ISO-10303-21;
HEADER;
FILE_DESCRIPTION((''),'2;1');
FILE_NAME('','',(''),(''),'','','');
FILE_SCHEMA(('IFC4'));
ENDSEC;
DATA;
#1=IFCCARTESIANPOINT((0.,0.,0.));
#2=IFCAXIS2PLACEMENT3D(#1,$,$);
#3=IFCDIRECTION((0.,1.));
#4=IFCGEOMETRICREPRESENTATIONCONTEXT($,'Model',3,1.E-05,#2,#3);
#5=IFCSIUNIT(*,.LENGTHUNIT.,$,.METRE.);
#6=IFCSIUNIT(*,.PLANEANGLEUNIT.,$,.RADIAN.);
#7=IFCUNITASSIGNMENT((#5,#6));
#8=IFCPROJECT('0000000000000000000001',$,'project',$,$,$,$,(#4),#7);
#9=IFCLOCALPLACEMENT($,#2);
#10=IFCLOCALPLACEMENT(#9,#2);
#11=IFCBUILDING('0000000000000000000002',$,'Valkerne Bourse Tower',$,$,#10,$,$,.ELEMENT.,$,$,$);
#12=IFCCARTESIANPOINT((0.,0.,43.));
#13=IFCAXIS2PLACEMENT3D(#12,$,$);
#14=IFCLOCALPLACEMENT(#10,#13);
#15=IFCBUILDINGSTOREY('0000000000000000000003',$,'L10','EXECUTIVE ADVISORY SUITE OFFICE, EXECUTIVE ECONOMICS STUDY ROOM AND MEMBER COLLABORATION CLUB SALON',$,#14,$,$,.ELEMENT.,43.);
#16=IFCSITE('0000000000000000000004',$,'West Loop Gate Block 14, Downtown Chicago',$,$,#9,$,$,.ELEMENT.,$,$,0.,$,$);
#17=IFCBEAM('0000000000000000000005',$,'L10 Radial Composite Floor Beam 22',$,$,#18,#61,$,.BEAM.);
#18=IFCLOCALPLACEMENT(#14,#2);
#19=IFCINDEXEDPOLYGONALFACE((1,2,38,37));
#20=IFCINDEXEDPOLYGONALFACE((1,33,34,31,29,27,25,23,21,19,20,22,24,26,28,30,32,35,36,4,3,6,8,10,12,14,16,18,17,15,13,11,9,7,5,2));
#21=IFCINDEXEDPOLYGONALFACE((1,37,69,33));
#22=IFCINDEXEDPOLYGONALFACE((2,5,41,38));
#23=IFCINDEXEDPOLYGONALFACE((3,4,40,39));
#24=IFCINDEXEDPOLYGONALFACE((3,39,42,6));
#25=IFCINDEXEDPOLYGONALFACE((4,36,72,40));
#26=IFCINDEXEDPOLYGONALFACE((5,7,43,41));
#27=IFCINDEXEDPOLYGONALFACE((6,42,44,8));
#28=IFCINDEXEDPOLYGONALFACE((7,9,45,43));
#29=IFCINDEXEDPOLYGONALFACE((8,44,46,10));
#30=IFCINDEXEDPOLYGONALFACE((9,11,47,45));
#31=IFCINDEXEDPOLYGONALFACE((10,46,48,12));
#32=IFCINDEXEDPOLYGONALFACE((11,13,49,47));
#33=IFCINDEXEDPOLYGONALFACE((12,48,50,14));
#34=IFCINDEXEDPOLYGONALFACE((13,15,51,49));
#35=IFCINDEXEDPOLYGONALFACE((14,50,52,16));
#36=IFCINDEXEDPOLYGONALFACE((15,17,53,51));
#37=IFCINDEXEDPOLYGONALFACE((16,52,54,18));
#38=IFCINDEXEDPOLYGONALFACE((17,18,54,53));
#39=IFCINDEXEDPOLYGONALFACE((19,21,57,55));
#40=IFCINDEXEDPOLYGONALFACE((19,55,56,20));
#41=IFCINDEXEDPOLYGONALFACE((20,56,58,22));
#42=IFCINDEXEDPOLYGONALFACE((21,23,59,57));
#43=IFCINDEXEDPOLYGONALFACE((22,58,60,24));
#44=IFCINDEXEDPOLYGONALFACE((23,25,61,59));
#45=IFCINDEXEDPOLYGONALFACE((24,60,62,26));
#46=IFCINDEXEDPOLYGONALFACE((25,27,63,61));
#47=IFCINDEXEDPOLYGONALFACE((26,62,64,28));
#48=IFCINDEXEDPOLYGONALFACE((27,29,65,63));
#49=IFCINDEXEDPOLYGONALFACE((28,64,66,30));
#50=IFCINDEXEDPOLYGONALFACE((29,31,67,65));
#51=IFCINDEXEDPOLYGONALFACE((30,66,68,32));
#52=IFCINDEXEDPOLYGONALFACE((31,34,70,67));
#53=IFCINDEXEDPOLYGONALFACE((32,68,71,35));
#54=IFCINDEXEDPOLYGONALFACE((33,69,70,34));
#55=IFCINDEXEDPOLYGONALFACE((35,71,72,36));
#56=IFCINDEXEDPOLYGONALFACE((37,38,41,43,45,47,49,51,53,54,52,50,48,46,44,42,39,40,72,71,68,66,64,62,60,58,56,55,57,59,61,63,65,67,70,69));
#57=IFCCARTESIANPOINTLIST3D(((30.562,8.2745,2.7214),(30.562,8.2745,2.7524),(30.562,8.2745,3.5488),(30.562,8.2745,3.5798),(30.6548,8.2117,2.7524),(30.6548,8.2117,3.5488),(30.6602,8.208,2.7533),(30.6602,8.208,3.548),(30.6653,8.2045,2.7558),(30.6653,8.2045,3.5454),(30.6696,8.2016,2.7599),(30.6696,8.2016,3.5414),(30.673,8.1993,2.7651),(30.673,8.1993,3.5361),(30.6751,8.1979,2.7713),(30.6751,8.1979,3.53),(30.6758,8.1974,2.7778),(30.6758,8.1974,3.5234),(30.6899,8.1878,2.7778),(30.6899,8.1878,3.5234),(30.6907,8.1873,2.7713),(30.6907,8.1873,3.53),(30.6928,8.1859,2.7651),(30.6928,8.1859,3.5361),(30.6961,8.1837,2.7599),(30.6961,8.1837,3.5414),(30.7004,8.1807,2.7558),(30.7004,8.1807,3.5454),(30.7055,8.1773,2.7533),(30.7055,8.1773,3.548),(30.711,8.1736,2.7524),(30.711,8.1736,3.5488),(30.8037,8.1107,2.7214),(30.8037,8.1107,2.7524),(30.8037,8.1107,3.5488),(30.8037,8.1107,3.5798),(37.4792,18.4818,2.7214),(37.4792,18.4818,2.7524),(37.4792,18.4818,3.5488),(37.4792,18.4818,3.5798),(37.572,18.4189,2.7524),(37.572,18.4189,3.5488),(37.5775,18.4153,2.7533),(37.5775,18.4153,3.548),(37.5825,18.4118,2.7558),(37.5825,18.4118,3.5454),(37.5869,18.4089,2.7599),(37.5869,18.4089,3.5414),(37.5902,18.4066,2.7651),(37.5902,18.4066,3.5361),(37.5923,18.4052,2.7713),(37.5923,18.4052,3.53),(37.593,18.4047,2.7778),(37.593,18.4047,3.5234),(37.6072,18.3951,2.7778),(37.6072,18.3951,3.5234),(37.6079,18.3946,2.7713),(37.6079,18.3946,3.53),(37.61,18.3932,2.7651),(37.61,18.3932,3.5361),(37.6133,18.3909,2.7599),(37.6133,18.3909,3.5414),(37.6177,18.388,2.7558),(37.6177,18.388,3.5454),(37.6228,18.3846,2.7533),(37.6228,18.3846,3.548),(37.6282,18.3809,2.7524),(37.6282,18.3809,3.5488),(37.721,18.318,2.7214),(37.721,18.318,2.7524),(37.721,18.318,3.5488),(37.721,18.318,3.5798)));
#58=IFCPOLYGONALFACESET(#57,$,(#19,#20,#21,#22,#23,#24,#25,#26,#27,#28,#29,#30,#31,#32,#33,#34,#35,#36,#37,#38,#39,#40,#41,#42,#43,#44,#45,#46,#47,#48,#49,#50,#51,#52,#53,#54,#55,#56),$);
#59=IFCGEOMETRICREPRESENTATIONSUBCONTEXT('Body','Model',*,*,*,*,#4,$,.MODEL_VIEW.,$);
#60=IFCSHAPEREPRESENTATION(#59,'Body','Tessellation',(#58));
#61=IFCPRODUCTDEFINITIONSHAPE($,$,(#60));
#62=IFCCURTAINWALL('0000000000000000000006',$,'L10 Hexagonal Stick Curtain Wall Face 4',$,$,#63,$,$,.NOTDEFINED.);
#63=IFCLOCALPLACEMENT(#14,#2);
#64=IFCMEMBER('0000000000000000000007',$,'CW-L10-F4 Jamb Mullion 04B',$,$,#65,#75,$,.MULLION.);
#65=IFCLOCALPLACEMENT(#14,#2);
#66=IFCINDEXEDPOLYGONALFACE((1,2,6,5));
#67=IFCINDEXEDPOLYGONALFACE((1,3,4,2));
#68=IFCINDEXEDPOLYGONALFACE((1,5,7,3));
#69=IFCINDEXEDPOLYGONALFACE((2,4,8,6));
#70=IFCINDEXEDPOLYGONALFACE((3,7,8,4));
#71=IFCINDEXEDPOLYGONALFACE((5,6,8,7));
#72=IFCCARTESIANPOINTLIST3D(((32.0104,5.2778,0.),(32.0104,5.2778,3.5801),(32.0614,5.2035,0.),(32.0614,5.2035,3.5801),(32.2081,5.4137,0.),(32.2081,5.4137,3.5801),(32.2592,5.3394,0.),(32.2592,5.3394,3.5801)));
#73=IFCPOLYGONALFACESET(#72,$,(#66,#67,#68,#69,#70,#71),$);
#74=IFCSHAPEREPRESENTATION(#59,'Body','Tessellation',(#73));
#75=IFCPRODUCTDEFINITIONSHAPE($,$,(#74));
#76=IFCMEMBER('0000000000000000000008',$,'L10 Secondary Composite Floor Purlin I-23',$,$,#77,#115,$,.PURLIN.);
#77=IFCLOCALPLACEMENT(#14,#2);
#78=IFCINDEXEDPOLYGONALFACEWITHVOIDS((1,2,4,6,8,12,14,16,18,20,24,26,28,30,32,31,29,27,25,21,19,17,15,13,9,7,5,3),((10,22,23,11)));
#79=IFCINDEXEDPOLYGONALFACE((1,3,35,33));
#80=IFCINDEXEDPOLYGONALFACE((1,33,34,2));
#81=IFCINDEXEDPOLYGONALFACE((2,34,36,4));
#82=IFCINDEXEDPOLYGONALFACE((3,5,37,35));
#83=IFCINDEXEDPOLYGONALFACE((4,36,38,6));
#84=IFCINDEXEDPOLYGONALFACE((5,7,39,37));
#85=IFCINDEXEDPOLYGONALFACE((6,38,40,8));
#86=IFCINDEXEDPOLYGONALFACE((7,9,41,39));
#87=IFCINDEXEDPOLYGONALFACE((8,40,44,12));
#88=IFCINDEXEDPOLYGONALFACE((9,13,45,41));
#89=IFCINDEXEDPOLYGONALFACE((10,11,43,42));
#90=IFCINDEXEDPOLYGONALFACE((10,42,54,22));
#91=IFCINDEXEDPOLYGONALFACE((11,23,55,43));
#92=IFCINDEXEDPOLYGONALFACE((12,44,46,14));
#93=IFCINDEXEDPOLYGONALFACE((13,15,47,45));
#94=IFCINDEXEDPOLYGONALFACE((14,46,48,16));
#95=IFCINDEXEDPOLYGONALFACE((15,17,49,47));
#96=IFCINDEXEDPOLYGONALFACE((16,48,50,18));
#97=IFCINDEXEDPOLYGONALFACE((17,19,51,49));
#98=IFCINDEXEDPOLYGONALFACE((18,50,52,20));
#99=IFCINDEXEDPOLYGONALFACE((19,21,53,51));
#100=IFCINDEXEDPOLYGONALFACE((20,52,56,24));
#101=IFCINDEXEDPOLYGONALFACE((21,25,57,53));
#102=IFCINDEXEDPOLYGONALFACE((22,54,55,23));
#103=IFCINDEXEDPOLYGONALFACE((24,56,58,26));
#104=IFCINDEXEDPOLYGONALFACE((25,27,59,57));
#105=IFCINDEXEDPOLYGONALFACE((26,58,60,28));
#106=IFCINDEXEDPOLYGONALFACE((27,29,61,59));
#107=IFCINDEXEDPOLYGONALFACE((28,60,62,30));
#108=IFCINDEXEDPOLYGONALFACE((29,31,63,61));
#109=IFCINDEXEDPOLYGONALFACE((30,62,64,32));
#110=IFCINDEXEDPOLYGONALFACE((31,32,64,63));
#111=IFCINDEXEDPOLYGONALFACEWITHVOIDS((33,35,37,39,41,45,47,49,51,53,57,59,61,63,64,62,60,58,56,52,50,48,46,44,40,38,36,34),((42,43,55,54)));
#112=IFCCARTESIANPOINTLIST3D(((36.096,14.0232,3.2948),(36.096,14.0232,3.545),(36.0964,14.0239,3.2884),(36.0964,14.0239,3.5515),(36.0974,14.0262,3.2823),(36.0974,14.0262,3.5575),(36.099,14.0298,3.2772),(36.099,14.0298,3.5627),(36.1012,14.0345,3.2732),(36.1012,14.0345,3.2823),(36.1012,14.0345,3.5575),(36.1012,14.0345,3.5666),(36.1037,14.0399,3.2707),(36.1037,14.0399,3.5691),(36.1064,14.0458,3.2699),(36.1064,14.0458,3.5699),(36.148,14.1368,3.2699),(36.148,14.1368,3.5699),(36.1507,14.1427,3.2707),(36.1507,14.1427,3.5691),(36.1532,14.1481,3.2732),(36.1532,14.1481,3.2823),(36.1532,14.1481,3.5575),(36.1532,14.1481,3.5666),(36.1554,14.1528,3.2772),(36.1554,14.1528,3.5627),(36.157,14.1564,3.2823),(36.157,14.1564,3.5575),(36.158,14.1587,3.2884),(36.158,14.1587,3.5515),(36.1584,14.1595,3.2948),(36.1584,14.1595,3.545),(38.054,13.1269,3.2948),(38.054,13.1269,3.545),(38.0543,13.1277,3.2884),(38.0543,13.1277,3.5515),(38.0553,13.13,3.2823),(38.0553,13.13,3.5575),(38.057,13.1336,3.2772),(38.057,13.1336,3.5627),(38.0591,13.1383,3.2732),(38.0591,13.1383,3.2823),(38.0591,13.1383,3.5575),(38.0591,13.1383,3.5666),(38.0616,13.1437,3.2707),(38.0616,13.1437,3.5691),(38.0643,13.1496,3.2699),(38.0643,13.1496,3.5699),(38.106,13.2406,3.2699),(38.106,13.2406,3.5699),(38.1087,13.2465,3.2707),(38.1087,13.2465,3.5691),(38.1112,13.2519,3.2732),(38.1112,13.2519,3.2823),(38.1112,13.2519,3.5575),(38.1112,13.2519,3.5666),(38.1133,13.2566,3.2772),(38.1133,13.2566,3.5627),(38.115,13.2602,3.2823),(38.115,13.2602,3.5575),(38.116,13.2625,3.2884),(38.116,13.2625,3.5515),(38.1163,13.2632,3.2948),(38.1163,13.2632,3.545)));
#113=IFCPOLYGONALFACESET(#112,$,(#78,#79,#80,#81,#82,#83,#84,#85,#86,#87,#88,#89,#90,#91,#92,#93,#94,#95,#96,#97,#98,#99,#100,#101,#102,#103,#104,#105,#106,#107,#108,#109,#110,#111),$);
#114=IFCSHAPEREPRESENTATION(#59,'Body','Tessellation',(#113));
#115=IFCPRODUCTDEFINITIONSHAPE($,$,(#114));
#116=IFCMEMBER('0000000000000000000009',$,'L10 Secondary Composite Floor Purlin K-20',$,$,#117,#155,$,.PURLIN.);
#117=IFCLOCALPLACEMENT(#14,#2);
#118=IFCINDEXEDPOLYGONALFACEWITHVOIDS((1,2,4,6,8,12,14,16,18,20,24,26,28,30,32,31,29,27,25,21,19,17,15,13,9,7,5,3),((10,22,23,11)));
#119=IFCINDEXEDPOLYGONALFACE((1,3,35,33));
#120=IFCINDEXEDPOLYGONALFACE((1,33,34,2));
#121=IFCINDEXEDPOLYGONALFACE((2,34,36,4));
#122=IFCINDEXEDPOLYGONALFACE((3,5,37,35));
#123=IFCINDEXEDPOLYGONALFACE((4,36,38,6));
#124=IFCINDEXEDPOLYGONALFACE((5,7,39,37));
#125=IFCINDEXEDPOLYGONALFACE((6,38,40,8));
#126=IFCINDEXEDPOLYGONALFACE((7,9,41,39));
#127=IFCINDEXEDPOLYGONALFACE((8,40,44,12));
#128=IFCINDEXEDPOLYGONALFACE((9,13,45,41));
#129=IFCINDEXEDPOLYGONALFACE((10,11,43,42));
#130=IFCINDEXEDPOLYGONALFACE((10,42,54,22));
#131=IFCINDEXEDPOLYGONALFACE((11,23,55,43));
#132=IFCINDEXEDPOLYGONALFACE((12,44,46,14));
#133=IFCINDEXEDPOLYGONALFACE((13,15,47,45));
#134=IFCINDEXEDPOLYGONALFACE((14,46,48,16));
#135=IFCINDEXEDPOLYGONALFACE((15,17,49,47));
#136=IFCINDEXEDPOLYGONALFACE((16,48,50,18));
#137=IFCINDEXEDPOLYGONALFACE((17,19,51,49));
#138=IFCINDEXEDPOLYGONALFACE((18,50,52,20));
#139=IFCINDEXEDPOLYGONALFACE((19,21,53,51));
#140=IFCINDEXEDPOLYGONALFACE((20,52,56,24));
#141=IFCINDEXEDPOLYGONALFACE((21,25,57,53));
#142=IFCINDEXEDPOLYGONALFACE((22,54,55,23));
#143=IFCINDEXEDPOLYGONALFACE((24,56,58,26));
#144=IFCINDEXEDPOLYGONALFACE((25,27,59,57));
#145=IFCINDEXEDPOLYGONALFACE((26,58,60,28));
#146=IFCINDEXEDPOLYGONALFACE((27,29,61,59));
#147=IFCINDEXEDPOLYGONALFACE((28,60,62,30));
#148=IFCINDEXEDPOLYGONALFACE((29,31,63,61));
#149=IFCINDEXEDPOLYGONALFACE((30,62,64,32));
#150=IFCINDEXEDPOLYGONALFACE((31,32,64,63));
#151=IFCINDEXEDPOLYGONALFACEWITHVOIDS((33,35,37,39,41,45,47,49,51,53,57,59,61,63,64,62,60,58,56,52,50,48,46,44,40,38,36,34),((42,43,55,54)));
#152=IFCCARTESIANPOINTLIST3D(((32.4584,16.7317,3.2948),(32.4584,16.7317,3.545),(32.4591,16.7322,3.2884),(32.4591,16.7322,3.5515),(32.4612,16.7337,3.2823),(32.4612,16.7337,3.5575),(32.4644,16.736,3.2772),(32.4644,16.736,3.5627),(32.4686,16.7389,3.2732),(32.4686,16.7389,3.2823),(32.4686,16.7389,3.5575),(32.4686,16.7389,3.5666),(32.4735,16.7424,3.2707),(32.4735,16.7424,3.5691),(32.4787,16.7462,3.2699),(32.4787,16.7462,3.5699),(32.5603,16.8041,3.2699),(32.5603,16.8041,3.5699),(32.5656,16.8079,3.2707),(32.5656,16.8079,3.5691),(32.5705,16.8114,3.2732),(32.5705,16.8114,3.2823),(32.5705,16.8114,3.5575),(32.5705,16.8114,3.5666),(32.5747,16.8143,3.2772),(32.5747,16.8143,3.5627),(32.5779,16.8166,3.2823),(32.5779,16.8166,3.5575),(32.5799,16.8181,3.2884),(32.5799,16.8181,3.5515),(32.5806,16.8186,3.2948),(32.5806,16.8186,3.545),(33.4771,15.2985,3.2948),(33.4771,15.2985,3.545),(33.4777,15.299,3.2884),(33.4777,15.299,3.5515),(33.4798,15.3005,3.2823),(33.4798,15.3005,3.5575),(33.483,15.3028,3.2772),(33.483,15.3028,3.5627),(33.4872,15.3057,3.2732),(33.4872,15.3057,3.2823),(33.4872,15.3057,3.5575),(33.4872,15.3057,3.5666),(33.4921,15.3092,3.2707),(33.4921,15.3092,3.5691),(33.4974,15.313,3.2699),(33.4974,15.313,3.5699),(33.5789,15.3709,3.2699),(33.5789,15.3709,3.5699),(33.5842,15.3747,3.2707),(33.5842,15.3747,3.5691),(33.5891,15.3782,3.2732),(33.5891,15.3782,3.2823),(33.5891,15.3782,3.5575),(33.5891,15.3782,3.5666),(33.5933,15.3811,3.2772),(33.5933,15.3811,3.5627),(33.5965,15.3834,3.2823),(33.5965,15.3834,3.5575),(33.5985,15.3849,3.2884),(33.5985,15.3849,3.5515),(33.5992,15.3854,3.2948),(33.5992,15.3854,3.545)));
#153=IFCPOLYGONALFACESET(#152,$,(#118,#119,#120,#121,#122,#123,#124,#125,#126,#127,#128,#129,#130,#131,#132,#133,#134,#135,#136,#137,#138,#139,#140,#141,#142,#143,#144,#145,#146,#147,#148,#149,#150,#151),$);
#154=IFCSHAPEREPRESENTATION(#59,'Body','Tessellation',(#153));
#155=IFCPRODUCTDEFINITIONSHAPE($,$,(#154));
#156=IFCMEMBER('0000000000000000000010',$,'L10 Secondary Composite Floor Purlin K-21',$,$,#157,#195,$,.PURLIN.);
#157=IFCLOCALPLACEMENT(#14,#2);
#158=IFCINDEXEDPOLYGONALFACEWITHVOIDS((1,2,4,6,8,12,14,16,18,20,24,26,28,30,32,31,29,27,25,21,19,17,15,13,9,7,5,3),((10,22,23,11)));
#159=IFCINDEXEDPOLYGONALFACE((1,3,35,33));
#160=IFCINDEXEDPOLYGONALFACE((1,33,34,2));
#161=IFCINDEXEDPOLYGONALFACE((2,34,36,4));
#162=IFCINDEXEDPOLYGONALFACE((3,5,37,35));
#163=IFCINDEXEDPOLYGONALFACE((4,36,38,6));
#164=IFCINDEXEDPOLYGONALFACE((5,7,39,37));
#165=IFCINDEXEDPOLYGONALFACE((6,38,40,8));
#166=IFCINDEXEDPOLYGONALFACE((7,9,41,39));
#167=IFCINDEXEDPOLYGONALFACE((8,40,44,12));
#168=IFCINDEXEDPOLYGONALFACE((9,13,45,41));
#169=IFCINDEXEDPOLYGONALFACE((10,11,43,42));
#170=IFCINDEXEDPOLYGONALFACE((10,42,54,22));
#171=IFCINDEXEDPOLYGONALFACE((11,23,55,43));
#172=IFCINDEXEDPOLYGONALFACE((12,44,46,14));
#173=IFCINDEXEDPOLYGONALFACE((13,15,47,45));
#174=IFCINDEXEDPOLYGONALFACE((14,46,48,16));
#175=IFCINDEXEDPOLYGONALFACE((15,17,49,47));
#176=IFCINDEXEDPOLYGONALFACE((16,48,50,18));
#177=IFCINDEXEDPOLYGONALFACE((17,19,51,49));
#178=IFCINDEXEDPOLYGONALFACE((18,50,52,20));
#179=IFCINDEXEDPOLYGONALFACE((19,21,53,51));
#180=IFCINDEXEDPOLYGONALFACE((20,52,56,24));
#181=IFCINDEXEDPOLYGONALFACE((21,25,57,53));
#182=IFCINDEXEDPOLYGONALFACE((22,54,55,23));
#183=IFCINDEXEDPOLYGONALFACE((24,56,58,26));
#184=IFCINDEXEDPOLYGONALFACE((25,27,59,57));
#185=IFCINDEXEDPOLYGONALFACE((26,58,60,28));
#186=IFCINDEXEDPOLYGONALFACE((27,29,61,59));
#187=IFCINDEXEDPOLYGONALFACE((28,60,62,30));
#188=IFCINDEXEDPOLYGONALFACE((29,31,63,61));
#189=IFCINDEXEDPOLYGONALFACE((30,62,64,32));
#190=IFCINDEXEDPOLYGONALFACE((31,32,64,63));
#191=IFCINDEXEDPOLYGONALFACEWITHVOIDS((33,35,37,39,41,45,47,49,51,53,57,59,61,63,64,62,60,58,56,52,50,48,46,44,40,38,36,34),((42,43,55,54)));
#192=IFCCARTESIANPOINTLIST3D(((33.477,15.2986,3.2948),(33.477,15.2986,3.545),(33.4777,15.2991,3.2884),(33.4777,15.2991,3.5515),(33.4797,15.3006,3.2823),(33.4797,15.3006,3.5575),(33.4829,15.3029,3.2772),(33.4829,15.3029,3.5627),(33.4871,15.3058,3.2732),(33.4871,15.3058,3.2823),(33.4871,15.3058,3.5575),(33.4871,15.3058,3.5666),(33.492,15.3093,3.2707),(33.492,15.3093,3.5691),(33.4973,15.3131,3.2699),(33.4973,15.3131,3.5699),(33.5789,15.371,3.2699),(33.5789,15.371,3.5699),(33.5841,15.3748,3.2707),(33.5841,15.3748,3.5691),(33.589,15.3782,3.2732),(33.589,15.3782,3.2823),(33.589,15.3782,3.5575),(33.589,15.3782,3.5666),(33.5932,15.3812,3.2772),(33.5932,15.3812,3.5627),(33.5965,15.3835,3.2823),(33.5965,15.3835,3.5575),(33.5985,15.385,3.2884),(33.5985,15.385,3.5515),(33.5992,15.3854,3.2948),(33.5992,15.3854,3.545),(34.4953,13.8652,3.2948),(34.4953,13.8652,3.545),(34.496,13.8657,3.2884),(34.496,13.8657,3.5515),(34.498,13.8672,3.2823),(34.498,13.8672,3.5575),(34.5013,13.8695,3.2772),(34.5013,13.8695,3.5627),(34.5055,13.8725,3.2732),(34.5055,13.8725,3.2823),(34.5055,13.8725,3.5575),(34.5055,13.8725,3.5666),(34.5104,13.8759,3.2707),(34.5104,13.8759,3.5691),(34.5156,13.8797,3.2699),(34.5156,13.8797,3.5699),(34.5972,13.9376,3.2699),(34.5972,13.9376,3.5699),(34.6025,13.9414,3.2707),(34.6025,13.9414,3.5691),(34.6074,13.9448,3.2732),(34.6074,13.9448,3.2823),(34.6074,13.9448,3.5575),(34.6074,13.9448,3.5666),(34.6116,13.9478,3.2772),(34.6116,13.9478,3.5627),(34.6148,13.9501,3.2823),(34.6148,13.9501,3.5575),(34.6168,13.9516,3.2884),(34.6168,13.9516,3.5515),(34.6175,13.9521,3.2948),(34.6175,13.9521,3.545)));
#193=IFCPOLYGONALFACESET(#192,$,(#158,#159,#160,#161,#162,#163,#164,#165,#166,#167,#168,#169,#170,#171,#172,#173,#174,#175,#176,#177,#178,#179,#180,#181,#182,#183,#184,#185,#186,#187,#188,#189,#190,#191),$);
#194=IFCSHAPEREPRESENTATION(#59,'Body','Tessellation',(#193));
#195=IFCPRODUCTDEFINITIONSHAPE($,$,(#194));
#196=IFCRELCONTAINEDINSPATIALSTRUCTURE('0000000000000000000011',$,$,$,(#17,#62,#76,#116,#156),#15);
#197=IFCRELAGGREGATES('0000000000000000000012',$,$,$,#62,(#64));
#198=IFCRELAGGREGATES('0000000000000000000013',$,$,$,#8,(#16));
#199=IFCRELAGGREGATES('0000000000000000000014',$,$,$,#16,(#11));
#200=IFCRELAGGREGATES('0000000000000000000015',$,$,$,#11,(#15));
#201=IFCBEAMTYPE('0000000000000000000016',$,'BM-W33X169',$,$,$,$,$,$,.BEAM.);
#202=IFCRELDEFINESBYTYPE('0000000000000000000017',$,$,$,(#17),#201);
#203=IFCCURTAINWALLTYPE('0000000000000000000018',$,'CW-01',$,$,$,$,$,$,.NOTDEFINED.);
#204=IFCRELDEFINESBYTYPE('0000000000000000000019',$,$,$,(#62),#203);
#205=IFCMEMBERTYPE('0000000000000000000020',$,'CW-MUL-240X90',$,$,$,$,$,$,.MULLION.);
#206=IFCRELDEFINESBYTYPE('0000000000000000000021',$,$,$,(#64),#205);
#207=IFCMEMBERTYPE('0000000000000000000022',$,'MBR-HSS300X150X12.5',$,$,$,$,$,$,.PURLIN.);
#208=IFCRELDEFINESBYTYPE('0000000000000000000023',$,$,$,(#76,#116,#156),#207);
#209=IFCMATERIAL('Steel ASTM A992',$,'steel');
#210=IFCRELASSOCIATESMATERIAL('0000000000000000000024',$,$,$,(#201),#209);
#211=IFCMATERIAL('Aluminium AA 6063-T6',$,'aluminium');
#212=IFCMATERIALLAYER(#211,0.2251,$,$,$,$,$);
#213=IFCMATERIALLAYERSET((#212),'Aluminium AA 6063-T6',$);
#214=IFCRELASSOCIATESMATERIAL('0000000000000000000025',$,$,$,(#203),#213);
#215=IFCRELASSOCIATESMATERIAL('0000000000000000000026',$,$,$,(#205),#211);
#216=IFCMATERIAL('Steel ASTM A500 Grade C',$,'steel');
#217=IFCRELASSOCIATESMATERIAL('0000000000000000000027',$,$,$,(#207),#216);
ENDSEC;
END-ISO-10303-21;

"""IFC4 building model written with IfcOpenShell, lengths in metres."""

from ifc_helpers import new_model, si_unit, direction, frame, origin, origin_2d, place, context, subcontext, project, spatial, rectangle, hollow_rectangle, i_section, extrude, material, layer, layer_set, material_profile, profile_set, type_object, element, aggregate, save


model = new_model("IFC4")

# Units and contexts
model_context = context("Model", 3, precision=1e-05, world=origin(), true_north=direction((0.0, 1.0)))
body_context = subcontext(model_context, "Body", "Model", "MODEL_VIEW")
ifc_project = project(units=[si_unit("LENGTHUNIT", "METRE"), si_unit("PLANEANGLEUNIT", "RADIAN")], contexts=[model_context])

# Site, building, storey
site_placement = place(None, origin())
site = spatial("IfcSite", under=ifc_project, at=site_placement, Name="West Loop Gate Block 14, Downtown Chicago", CompositionType="ELEMENT", RefElevation=0.0)
building_placement = place(site_placement, origin())
building = spatial("IfcBuilding", under=site, at=building_placement, Name="Valkerne Bourse Tower", CompositionType="ELEMENT")
storey_placement = place(building_placement, frame((0.0, 0.0, 43.0)))
storey = spatial("IfcBuildingStorey", under=building, at=storey_placement, Name="L10", Description="EXECUTIVE ADVISORY SUITE OFFICE, EXECUTIVE ECONOMICS STUDY ROOM AND MEMBER COLLABORATION CLUB SALON", CompositionType="ELEMENT", Elevation=43.0)

# Beam
ifc_material_1 = material(Name="Steel ASTM A992", Category="steel")
ifc_material_profile_1 = material_profile(ifc_material_1, i_section(OverallWidth=0.292, OverallDepth=0.8584, WebThickness=0.0171, FlangeThickness=0.031, FilletRadius=0.0254, at=origin_2d()), Name="W33X169")
ifc_profile_set_1 = profile_set([ifc_material_profile_1], Name="Steel ASTM A992")
beam_type_1 = type_object("IfcBeamType", Name="BM-W33X169", PredefinedType="BEAM", material=ifc_profile_set_1)
beam_1_placement = place(storey_placement, frame((30.6829, 8.1926, 3.1506), z_axis=(0.560994, 0.82782, 0.0), x_axis=(-0.82782, 0.560994, 0.0)))
element("IfcBeam", 1, at=beam_1_placement, inside=storey, type_object=beam_type_1, Name="L10 Radial Composite Floor Beam 22", PredefinedType="BEAM", context=body_context, shape_type="SweptSolid", body=[
    extrude(i_section(OverallWidth=0.292, OverallDepth=0.8584, WebThickness=0.0171, FlangeThickness=0.031, FilletRadius=0.0254, at=origin_2d()), origin(), (0.0, 0.0, 1.0), 12.3303),
])

# Curtain wall, member
ifc_material_2 = material(Name="Aluminium AA 6063-T6", Category="aluminium")
ifc_layer_1 = layer(ifc_material_2, 0.2251)
ifc_layer_set_1 = layer_set([ifc_layer_1], Name="Aluminium AA 6063-T6")
curtain_wall_type = type_object("IfcCurtainWallType", Name="CW-01", PredefinedType="NOTDEFINED", material=ifc_layer_set_1)
curtain_wall_placement = place(storey_placement, origin())
curtain_wall = element("IfcCurtainWall", 2, at=curtain_wall_placement, inside=storey, type_object=curtain_wall_type, Name="L10 Hexagonal Stick Curtain Wall Face 4", PredefinedType="NOTDEFINED")
ifc_material_profile_2 = material_profile(ifc_material_2, rectangle(XDim=0.0901, YDim=0.24, at=origin_2d()), Name="CWM-90X240")
ifc_profile_set_2 = profile_set([ifc_material_profile_2], Name="Aluminium AA 6063-T6")
member_type_1 = type_object("IfcMemberType", Name="CW-MUL-240X90", PredefinedType="MULLION", material=ifc_profile_set_2)
member_1_placement = place(storey_placement, frame((32.1348, 5.3086, 0.0), z_axis=(0.0, 0.0, 1.0), x_axis=(0.566397, -0.824132, 0.0)))
member_1 = element("IfcMember", 3, at=member_1_placement, type_object=member_type_1, Name="CW-L10-F4 Jamb Mullion 04B", PredefinedType="MULLION", context=body_context, shape_type="SweptSolid", body=[
    extrude(rectangle(XDim=0.0901, YDim=0.24, at=origin_2d()), origin(), (0.0, 0.0, 1.0), 3.5801),
])

# Members
ifc_material_3 = material(Name="Steel ASTM A500 Grade C", Category="steel")
ifc_material_profile_3 = material_profile(ifc_material_3, hollow_rectangle(XDim=0.1499, YDim=0.3, WallThickness=0.0125, OuterFilletRadius=0.0249, at=origin_2d()), Name="HSS300X150X12.5")
ifc_profile_set_3 = profile_set([ifc_material_profile_3], Name="Steel ASTM A500 Grade C")
member_type_2 = type_object("IfcMemberType", Name="MBR-HSS300X150X12.5", PredefinedType="PURLIN", material=ifc_profile_set_3)
member_2_placement = place(storey_placement, frame((36.1272, 14.0913, 3.4199), z_axis=(0.909272, -0.416202, 0.0), x_axis=(0.416202, 0.909272, 0.0)))
element("IfcMember", 4, at=member_2_placement, inside=storey, type_object=member_type_2, Name="L10 Secondary Composite Floor Purlin I-23", PredefinedType="PURLIN", context=body_context, shape_type="SweptSolid", body=[
    extrude(hollow_rectangle(XDim=0.1499, YDim=0.3, WallThickness=0.0125, OuterFilletRadius=0.0249, at=origin_2d()), origin(), (0.0, 0.0, 1.0), 2.1533),
])
for number, where, z_axis, x_axis, name in (
    (5, (32.5195, 16.7751, 3.4199), (0.579319, -0.815101, 0.0), (0.815101, 0.579319, 0.0), "L10 Secondary Composite Floor Purlin K-20"),
    (6, (33.5381, 15.342, 3.4199), (0.579161, -0.815213, 0.0), (0.815213, 0.579161, 0.0), "L10 Secondary Composite Floor Purlin K-21"),
):
    element("IfcMember", number, at=place(storey_placement, frame(where, z_axis=z_axis, x_axis=x_axis)), inside=storey, type_object=member_type_2, Name=name, PredefinedType="PURLIN", context=body_context, shape_type="SweptSolid", body=[
        extrude(hollow_rectangle(XDim=0.1499, YDim=0.3, WallThickness=0.0125, OuterFilletRadius=0.0249, at=origin_2d()), origin(), (0.0, 0.0, 1.0), 1.7583),
    ])

aggregate(curtain_wall, [member_1])

save(model, "model.ifc")
